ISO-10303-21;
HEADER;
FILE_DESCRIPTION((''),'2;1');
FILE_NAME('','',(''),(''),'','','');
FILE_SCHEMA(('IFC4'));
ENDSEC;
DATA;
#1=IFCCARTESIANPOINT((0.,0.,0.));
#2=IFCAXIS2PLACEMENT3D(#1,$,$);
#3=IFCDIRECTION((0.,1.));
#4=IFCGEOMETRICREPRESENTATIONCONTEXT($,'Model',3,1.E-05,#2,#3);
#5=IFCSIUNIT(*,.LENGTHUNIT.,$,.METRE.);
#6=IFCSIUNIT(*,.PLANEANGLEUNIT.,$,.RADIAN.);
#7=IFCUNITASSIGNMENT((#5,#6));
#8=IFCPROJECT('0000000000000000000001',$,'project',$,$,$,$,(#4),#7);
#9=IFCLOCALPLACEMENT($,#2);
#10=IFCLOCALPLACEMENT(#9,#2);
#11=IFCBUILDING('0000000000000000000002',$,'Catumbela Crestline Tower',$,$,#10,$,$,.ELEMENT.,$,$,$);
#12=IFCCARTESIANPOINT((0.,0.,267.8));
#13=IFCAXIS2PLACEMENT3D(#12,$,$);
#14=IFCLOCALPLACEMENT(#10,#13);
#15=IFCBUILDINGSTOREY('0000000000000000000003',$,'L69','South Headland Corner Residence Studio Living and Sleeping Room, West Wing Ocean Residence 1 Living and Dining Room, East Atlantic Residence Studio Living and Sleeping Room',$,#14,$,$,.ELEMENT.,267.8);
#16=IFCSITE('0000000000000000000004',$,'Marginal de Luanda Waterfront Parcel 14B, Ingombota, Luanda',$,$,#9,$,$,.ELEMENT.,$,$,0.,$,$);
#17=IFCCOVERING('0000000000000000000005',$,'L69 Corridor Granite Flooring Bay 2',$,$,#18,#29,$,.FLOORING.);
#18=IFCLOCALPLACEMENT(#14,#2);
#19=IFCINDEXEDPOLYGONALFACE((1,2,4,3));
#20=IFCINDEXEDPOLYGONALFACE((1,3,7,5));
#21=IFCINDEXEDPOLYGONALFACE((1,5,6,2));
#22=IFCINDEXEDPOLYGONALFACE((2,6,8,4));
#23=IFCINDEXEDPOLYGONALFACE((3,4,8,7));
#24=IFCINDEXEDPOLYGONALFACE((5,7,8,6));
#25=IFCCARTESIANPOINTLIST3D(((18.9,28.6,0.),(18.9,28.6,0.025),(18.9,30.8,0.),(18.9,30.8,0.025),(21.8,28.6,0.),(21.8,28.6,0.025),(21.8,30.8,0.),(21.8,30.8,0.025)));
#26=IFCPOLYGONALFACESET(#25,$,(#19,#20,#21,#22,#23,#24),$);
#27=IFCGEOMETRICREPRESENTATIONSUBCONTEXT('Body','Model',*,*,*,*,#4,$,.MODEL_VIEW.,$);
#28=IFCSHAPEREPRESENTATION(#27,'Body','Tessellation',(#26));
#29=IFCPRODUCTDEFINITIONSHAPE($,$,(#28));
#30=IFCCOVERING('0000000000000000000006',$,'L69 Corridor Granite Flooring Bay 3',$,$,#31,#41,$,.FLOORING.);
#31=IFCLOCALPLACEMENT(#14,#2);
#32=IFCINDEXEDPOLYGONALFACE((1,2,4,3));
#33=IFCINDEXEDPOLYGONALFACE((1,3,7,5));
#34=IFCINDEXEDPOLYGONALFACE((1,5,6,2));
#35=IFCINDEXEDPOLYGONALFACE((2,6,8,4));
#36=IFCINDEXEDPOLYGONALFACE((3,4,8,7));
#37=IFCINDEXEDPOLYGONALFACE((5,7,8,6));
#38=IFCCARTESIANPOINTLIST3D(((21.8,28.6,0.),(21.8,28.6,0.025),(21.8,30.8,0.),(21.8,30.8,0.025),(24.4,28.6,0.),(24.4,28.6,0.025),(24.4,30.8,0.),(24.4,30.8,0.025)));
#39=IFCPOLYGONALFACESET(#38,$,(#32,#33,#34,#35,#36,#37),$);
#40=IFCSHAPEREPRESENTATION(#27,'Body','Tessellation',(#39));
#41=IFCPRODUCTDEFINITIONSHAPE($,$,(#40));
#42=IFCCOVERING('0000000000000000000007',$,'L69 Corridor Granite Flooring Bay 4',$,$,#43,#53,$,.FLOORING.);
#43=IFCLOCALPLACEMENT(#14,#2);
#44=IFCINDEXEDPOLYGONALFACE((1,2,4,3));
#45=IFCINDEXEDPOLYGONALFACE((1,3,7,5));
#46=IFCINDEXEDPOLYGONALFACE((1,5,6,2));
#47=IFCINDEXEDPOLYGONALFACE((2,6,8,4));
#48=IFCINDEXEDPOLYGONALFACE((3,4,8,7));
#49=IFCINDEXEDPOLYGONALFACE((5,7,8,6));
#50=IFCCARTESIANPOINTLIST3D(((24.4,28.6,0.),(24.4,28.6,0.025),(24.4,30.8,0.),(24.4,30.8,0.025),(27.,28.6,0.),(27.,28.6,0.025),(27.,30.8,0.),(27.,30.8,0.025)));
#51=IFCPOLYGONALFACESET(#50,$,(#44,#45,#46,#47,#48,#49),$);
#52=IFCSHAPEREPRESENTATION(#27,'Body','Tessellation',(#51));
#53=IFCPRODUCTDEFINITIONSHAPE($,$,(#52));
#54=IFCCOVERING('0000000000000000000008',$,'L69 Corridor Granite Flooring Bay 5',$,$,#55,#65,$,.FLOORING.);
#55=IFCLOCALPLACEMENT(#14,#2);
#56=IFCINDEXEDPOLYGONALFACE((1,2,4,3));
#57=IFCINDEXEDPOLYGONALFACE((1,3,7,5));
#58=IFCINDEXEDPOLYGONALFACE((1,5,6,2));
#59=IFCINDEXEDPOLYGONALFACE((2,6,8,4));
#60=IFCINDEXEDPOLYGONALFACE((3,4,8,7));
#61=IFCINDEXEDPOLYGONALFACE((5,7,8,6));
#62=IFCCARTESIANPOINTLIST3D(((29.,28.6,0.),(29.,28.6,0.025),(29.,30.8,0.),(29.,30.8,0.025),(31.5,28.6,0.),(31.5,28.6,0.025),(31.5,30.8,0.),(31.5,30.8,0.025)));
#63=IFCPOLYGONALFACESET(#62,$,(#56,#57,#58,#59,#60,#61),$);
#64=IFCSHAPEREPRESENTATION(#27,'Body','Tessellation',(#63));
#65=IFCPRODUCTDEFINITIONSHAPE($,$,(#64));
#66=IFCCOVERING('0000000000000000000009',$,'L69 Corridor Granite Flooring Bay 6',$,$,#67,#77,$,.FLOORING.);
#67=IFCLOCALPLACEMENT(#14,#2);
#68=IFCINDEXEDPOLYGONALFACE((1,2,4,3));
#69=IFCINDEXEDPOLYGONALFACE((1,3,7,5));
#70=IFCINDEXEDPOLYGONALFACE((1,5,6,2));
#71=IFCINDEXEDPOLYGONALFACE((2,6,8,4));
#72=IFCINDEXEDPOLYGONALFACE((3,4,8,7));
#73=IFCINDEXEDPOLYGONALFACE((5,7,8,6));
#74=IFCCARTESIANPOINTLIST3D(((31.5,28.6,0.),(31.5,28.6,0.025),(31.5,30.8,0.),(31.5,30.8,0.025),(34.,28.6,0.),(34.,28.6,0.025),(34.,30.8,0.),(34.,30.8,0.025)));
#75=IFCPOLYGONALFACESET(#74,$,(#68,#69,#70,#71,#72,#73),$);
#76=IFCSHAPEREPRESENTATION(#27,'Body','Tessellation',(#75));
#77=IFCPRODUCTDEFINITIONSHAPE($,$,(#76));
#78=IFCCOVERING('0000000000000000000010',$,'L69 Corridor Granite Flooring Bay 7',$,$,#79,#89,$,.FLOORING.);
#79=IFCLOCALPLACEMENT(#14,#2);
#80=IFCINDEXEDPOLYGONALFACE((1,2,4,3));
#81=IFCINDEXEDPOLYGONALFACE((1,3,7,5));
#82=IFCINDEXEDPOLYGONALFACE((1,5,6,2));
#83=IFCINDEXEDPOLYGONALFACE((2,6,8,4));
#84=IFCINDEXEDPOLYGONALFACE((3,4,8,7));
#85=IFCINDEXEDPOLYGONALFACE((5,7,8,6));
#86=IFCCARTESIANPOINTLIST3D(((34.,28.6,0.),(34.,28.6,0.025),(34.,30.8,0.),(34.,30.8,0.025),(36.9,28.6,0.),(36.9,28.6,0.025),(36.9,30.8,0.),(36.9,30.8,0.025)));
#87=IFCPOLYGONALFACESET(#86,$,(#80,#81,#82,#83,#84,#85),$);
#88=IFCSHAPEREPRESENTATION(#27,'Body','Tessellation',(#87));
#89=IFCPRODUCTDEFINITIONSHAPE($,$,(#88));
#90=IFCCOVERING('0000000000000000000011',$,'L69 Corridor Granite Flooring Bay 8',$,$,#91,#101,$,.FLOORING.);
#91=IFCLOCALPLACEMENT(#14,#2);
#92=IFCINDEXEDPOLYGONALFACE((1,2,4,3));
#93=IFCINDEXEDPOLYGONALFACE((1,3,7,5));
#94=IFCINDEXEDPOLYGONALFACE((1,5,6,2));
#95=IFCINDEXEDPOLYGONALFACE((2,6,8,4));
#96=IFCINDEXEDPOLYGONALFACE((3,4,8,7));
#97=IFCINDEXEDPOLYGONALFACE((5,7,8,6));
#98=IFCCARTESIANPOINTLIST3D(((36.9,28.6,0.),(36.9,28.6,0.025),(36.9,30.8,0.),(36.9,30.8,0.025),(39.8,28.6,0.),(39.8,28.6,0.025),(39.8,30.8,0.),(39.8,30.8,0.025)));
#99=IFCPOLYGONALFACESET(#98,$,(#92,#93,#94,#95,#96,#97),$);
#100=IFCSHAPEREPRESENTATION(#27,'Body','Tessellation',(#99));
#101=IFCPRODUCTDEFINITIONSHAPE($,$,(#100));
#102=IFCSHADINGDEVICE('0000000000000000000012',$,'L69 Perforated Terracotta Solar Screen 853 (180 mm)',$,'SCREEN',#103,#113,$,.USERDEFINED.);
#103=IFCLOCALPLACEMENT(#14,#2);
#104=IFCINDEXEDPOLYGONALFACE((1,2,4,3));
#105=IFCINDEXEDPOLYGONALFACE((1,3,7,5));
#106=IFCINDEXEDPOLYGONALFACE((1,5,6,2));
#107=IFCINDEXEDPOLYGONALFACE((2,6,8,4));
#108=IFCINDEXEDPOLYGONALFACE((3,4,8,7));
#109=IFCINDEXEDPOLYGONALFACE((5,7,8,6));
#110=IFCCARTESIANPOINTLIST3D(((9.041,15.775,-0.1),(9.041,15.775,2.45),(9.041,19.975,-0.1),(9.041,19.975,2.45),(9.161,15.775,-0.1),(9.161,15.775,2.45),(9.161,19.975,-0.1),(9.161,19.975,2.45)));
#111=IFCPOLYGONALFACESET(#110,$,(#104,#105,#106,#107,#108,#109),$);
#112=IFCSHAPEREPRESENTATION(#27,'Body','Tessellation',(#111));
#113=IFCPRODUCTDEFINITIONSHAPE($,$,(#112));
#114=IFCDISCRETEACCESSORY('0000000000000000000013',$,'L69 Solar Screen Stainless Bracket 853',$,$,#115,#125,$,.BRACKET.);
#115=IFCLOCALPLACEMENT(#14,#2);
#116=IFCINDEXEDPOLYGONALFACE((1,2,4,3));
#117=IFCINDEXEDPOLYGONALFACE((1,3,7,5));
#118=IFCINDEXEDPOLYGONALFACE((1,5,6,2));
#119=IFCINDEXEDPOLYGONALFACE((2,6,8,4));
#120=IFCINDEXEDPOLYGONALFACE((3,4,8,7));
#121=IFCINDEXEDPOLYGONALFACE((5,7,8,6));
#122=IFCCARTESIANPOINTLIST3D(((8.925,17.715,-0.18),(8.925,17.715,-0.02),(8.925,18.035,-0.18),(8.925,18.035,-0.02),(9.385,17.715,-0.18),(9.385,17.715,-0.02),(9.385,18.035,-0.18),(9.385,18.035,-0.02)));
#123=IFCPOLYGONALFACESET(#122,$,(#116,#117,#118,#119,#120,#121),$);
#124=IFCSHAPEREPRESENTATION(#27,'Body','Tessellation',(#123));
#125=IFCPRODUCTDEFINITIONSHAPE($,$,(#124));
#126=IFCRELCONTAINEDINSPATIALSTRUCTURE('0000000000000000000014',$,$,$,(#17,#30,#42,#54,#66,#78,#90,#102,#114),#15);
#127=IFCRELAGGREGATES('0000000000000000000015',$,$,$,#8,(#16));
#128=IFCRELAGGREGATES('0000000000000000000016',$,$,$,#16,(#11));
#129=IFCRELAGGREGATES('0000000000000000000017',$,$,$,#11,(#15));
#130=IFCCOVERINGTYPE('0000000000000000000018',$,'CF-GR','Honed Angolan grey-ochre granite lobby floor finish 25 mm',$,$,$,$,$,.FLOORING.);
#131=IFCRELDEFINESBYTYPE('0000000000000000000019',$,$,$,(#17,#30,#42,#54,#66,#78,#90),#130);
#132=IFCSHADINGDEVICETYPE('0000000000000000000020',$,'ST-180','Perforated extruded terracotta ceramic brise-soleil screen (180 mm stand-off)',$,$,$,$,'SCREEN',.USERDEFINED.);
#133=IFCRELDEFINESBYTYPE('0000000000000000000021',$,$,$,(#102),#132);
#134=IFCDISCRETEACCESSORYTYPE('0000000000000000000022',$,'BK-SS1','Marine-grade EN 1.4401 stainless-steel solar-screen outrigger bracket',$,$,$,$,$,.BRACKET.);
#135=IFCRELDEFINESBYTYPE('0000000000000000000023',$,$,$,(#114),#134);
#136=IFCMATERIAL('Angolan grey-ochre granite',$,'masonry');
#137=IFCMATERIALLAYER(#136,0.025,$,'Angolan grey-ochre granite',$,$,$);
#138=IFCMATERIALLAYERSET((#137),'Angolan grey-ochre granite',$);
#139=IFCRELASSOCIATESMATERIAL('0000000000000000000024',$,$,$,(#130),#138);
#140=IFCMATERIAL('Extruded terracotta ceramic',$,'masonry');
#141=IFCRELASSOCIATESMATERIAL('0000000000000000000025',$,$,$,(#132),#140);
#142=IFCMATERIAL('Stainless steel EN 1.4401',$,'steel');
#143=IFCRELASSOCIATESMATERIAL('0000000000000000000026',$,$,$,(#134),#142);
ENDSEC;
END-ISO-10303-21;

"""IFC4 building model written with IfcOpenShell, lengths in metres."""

from ifc_helpers import new_model, si_unit, direction, frame, origin, origin_2d, place, context, subcontext, project, spatial, polyline, rectangle, outline, extrude, material, layer, layer_set, type_object, element, save


model = new_model("IFC4")

# Units and contexts
model_context = context("Model", 3, precision=1e-05, world=origin(), true_north=direction((0.0, 1.0)))
body_context = subcontext(model_context, "Body", "Model", "MODEL_VIEW")
ifc_project = project(units=[si_unit("LENGTHUNIT", "METRE"), si_unit("PLANEANGLEUNIT", "RADIAN")], contexts=[model_context])

# Site, building, storey
site_placement = place(None, origin())
site = spatial("IfcSite", under=ifc_project, at=site_placement, Name="Marginal de Luanda Waterfront Parcel 14B, Ingombota, Luanda", CompositionType="ELEMENT", RefElevation=0.0)
building_placement = place(site_placement, origin())
building = spatial("IfcBuilding", under=site, at=building_placement, Name="Catumbela Crestline Tower", CompositionType="ELEMENT")
storey_placement = place(building_placement, frame((0.0, 0.0, 267.8)))
storey = spatial("IfcBuildingStorey", under=building, at=storey_placement, Name="L69", Description="South Headland Corner Residence Studio Living and Sleeping Room, West Wing Ocean Residence 1 Living and Dining Room, East Atlantic Residence Studio Living and Sleeping Room", CompositionType="ELEMENT", Elevation=267.8)

# Shared definitions
ifc_material_1 = material(Name="Angolan grey-ochre granite", Category="masonry")

# Coverings
ifc_layer_1 = layer(ifc_material_1, 0.025, Name="Angolan grey-ochre granite")
ifc_layer_set_1 = layer_set([ifc_layer_1], Name="Angolan grey-ochre granite")
covering_type_1 = type_object("IfcCoveringType", Name="CF-GR", Description="Honed Angolan grey-ochre granite lobby floor finish 25 mm", PredefinedType="FLOORING", material=ifc_layer_set_1)
covering_1_placement = place(storey_placement, origin())
element("IfcCovering", 1, at=covering_1_placement, inside=storey, type_object=covering_type_1, Name="L69 Corridor Granite Flooring Bay 2", PredefinedType="FLOORING", context=body_context, shape_type="SweptSolid", body=[
    extrude(outline(polyline([(18.9, 28.6), (21.8, 28.6), (21.8, 30.8), (18.9, 30.8), (18.9, 28.6)])), origin(), (0.0, 0.0, 1.0), 0.025),
])
covering_2_placement = place(storey_placement, origin())
element("IfcCovering", 2, at=covering_2_placement, inside=storey, type_object=covering_type_1, Name="L69 Corridor Granite Flooring Bay 3", PredefinedType="FLOORING", context=body_context, shape_type="SweptSolid", body=[
    extrude(outline(polyline([(21.8, 28.6), (24.4, 28.6), (24.4, 30.8), (21.8, 30.8), (21.8, 28.6)])), origin(), (0.0, 0.0, 1.0), 0.025),
])
covering_3_placement = place(storey_placement, origin())
element("IfcCovering", 3, at=covering_3_placement, inside=storey, type_object=covering_type_1, Name="L69 Corridor Granite Flooring Bay 4", PredefinedType="FLOORING", context=body_context, shape_type="SweptSolid", body=[
    extrude(outline(polyline([(24.4, 28.6), (27.0, 28.6), (27.0, 30.8), (24.4, 30.8), (24.4, 28.6)])), origin(), (0.0, 0.0, 1.0), 0.025),
])
covering_4_placement = place(storey_placement, origin())
element("IfcCovering", 4, at=covering_4_placement, inside=storey, type_object=covering_type_1, Name="L69 Corridor Granite Flooring Bay 5", PredefinedType="FLOORING", context=body_context, shape_type="SweptSolid", body=[
    extrude(outline(polyline([(29.0, 28.6), (31.5, 28.6), (31.5, 30.8), (29.0, 30.8), (29.0, 28.6)])), origin(), (0.0, 0.0, 1.0), 0.025),
])
covering_5_placement = place(storey_placement, origin())
element("IfcCovering", 5, at=covering_5_placement, inside=storey, type_object=covering_type_1, Name="L69 Corridor Granite Flooring Bay 6", PredefinedType="FLOORING", context=body_context, shape_type="SweptSolid", body=[
    extrude(outline(polyline([(31.5, 28.6), (34.0, 28.6), (34.0, 30.8), (31.5, 30.8), (31.5, 28.6)])), origin(), (0.0, 0.0, 1.0), 0.025),
])
covering_6_placement = place(storey_placement, origin())
element("IfcCovering", 6, at=covering_6_placement, inside=storey, type_object=covering_type_1, Name="L69 Corridor Granite Flooring Bay 7", PredefinedType="FLOORING", context=body_context, shape_type="SweptSolid", body=[
    extrude(outline(polyline([(34.0, 28.6), (36.9, 28.6), (36.9, 30.8), (34.0, 30.8), (34.0, 28.6)])), origin(), (0.0, 0.0, 1.0), 0.025),
])
covering_7_placement = place(storey_placement, origin())
element("IfcCovering", 7, at=covering_7_placement, inside=storey, type_object=covering_type_1, Name="L69 Corridor Granite Flooring Bay 8", PredefinedType="FLOORING", context=body_context, shape_type="SweptSolid", body=[
    extrude(outline(polyline([(36.9, 28.6), (39.8, 28.6), (39.8, 30.8), (36.9, 30.8), (36.9, 28.6)])), origin(), (0.0, 0.0, 1.0), 0.025),
])

# Shading device
ifc_material_2 = material(Name="Extruded terracotta ceramic", Category="masonry")
shading_device_type = type_object("IfcShadingDeviceType", Name="ST-180", Description="Perforated extruded terracotta ceramic brise-soleil screen (180 mm stand-off)", ElementType="SCREEN", PredefinedType="USERDEFINED", material=ifc_material_2)
shading_device_placement = place(storey_placement, frame((9.101, 17.875, -0.1), z_axis=(0.0, 0.0, 1.0), x_axis=(0.0, -1.0, 0.0)))
element("IfcShadingDevice", 8, at=shading_device_placement, inside=storey, type_object=shading_device_type, Name="L69 Perforated Terracotta Solar Screen 853 (180 mm)", ObjectType="SCREEN", PredefinedType="USERDEFINED", context=body_context, shape_type="SweptSolid", body=[
    extrude(rectangle(XDim=4.2, YDim=0.12, at=origin_2d()), origin(), (0.0, 0.0, 1.0), 2.55),
])

# Discrete accessory
ifc_material_3 = material(Name="Stainless steel EN 1.4401", Category="steel")
discrete_accessory_type = type_object("IfcDiscreteAccessoryType", Name="BK-SS1", Description="Marine-grade EN 1.4401 stainless-steel solar-screen outrigger bracket", PredefinedType="BRACKET", material=ifc_material_3)
discrete_accessory_placement = place(storey_placement, frame((9.155, 17.875, -0.18), z_axis=(0.0, 0.0, 1.0), x_axis=(0.0, -1.0, 0.0)))
element("IfcDiscreteAccessory", 9, at=discrete_accessory_placement, inside=storey, type_object=discrete_accessory_type, Name="L69 Solar Screen Stainless Bracket 853", PredefinedType="BRACKET", context=body_context, shape_type="SweptSolid", body=[
    extrude(rectangle(XDim=0.32, YDim=0.46, at=origin_2d()), origin(), (0.0, 0.0, 1.0), 0.16),
])

save(model, "model.ifc")
